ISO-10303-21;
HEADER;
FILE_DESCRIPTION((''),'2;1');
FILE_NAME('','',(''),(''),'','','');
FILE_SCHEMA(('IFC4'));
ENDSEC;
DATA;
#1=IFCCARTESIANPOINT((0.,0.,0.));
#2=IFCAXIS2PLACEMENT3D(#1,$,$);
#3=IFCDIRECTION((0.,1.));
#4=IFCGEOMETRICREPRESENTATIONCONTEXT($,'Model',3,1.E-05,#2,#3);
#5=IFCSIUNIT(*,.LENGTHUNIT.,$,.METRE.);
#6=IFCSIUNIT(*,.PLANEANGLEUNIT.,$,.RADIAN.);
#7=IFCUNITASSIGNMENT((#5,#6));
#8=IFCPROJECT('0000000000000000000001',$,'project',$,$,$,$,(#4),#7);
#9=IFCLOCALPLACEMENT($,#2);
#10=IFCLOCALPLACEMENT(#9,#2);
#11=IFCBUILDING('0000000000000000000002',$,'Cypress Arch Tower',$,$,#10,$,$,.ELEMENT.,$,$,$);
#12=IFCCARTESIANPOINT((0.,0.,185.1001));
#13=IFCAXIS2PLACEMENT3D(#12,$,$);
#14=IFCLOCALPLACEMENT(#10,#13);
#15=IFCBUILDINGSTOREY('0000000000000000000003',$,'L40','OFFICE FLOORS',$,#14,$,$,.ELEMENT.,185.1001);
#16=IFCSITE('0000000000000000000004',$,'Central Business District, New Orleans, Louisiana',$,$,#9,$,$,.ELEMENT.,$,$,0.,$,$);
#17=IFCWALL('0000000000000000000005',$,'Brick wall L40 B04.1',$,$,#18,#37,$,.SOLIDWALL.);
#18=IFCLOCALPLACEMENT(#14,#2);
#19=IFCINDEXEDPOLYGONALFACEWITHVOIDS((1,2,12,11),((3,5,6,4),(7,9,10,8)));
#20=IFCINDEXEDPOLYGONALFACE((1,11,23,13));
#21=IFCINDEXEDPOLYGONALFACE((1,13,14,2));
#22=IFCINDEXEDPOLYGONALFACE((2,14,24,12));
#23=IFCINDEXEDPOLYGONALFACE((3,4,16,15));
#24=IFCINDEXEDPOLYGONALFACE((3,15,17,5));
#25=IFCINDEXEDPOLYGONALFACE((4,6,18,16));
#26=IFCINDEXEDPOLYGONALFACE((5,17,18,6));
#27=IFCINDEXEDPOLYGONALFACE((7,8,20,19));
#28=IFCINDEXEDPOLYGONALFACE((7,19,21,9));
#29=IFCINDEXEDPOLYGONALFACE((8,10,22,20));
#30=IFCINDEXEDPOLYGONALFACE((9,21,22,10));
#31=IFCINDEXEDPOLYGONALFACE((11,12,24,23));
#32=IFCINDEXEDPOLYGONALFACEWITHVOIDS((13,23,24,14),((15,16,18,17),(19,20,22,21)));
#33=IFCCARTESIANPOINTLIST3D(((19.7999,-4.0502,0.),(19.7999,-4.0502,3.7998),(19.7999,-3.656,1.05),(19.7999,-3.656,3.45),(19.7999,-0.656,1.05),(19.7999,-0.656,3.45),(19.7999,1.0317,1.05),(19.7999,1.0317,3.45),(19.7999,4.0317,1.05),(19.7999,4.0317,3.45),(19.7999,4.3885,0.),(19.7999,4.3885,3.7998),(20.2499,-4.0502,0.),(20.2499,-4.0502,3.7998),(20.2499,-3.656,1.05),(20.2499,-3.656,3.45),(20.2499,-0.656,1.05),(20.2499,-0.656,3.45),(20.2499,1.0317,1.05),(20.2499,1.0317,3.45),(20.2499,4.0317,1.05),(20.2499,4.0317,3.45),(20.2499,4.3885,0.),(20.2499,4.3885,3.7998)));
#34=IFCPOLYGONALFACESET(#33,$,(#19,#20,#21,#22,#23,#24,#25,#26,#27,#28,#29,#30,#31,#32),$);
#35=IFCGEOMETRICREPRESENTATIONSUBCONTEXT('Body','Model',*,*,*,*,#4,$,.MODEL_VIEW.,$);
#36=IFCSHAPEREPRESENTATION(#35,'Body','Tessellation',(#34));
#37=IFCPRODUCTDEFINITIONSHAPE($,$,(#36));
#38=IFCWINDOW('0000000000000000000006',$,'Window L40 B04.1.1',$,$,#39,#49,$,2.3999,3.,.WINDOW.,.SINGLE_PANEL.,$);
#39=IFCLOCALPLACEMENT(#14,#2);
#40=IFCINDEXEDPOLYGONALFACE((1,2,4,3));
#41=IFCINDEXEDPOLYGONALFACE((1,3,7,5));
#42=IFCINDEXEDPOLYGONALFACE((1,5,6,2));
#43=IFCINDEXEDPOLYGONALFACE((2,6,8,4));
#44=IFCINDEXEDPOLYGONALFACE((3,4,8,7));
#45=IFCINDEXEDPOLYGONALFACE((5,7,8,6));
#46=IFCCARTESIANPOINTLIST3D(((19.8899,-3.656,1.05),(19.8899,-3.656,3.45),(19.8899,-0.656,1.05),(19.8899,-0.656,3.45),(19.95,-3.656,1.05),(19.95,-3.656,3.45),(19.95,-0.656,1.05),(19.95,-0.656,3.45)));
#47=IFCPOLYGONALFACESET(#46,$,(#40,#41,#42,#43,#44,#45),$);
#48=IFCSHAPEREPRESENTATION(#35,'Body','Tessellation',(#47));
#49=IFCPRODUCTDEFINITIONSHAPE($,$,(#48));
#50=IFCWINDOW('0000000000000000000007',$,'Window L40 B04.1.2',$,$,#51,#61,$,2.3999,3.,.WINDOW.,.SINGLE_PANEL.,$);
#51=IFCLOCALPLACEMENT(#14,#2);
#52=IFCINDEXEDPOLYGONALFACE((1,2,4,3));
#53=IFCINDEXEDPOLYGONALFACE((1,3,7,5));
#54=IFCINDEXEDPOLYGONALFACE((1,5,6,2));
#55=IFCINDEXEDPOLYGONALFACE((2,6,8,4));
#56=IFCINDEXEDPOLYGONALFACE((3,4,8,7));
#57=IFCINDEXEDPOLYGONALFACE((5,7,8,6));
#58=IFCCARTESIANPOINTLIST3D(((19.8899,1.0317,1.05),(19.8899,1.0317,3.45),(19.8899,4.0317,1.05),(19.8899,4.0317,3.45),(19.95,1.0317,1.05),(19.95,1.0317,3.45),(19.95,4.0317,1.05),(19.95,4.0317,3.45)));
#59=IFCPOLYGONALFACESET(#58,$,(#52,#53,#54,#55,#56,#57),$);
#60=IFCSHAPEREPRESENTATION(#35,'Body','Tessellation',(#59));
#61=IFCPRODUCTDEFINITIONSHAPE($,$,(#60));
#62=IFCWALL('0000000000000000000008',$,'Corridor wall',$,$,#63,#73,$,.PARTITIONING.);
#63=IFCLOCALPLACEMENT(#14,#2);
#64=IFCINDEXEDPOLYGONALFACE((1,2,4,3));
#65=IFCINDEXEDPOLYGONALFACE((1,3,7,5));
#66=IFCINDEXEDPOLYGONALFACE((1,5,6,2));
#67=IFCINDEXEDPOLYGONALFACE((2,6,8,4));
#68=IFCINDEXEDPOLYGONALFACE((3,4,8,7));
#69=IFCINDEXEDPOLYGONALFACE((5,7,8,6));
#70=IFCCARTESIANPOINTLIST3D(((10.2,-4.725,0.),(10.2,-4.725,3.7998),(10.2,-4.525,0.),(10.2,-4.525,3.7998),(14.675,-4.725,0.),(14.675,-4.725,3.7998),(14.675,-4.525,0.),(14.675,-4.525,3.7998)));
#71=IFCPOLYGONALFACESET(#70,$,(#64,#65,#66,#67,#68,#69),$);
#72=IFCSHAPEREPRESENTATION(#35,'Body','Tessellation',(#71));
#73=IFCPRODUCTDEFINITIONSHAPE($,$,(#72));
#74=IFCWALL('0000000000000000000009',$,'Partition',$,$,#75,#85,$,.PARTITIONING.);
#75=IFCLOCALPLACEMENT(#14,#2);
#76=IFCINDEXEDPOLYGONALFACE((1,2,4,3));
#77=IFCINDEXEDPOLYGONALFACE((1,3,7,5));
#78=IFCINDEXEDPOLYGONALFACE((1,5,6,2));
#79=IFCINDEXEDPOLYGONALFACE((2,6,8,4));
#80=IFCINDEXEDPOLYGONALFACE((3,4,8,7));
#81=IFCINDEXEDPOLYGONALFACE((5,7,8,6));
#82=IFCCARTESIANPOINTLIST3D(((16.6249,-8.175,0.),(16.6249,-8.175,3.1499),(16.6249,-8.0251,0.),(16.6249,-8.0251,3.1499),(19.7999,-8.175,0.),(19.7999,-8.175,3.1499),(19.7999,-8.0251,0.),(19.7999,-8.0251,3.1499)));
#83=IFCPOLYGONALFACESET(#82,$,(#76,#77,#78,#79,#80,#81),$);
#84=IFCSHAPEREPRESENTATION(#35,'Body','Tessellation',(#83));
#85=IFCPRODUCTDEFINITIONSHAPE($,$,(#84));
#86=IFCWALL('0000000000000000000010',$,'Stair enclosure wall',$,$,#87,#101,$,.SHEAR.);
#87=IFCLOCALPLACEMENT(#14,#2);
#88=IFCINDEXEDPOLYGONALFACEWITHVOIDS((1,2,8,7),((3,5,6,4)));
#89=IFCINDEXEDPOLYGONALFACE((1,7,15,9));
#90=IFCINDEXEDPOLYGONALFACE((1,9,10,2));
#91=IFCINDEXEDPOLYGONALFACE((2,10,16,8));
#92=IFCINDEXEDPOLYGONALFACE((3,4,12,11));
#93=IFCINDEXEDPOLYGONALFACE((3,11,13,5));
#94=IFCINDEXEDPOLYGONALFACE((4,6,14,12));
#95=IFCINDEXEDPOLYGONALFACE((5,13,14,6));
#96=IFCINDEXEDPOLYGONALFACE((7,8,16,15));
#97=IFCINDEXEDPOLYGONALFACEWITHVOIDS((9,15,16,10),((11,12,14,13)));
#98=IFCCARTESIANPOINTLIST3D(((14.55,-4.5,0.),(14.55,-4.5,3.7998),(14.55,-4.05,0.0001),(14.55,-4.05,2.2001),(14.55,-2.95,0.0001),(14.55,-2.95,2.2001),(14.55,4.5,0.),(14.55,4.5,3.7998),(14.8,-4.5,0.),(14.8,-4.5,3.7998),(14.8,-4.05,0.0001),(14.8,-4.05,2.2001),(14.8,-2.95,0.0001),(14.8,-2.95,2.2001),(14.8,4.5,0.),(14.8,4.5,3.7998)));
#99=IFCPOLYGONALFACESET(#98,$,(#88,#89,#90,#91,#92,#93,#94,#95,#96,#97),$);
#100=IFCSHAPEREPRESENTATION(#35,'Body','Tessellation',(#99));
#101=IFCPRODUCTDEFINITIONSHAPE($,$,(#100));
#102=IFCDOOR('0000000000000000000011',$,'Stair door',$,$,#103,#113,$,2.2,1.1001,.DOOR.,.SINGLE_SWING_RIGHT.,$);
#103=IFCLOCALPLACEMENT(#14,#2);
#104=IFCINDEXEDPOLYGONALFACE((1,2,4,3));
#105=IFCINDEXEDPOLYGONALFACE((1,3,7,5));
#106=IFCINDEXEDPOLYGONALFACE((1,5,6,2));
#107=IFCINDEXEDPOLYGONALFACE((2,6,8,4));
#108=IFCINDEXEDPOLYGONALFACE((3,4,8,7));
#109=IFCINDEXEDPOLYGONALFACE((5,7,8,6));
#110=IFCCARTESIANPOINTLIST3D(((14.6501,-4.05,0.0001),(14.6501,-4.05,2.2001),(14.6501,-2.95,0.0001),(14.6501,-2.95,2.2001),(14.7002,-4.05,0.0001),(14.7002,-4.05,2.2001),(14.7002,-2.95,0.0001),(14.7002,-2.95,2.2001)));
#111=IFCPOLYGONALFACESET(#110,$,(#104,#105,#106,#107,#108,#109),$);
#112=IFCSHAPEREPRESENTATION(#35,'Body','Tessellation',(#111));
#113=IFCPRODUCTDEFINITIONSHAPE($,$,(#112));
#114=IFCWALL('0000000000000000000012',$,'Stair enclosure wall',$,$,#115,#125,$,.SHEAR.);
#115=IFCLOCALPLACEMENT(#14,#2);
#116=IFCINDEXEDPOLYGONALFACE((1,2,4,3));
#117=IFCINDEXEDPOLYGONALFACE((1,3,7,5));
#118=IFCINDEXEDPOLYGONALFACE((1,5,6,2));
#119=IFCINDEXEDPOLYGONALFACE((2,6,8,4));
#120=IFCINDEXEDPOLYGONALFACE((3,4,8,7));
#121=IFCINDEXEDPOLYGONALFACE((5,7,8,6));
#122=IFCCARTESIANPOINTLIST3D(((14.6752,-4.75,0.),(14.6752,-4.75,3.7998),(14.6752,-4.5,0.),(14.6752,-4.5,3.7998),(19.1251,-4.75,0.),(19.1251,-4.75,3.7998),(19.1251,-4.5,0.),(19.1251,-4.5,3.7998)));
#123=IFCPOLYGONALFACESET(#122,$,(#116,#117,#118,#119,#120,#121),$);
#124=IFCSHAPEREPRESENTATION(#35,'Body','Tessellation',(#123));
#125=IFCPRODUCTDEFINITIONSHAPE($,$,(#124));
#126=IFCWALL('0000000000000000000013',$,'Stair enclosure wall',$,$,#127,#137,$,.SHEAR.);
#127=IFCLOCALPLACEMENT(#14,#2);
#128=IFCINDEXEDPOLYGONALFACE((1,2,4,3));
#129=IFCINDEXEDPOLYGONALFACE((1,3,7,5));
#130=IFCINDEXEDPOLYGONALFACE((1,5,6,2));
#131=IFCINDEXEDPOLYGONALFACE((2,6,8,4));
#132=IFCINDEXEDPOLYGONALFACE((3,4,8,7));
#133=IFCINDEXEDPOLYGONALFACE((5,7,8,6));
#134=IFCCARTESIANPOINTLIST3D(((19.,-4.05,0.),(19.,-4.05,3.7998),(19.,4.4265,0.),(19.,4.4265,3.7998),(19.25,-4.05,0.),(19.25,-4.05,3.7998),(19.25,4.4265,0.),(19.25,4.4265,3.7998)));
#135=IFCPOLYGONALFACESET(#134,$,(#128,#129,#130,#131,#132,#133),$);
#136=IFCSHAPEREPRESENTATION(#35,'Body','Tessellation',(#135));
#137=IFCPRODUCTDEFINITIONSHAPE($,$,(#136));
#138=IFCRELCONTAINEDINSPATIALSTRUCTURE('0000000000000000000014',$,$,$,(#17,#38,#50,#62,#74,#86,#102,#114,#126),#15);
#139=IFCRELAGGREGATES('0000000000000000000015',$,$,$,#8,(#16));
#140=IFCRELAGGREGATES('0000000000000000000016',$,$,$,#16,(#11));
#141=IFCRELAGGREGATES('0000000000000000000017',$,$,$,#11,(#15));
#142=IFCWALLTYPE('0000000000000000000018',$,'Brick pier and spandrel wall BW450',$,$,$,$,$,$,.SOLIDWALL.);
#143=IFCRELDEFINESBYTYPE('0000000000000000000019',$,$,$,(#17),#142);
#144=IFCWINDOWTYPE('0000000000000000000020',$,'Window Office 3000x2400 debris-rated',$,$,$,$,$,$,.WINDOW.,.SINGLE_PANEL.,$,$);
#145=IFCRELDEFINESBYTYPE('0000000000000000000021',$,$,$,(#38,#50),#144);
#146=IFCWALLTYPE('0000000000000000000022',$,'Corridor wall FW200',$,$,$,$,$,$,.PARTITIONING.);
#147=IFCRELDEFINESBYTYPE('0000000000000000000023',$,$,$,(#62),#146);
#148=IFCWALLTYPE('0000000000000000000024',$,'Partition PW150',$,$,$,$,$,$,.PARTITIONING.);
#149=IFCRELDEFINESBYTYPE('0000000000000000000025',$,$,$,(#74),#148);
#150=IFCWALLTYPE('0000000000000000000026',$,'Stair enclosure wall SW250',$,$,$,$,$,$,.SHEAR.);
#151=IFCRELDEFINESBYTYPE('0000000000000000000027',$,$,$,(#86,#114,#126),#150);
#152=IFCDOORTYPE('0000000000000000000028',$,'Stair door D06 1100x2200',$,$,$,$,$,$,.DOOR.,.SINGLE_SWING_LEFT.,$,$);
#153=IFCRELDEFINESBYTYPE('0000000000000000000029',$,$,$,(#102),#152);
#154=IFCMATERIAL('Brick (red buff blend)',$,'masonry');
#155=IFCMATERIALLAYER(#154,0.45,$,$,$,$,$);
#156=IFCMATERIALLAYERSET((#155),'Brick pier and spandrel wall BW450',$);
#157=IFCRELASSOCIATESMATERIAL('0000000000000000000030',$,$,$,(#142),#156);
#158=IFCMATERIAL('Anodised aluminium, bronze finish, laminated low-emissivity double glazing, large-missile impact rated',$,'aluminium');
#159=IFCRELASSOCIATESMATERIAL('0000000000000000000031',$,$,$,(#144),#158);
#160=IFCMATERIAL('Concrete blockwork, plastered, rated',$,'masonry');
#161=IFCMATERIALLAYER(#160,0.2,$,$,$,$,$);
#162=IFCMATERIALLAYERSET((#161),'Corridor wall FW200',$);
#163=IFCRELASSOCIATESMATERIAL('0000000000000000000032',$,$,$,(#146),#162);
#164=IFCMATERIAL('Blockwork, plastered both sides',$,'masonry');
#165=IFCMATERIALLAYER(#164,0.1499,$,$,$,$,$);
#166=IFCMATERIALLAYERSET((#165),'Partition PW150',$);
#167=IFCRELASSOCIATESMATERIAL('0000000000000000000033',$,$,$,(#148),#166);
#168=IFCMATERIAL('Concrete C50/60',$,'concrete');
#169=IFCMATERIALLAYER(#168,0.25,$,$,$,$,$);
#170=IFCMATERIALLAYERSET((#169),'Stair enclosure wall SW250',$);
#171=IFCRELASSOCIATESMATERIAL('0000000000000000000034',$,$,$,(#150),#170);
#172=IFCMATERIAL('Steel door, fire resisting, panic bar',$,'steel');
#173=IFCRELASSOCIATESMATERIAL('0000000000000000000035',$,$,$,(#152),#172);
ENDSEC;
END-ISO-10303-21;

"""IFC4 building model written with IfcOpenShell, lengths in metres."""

from ifc_helpers import new_model, si_unit, direction, frame, frame_2d, origin, place, context, subcontext, project, spatial, rectangle, extrude, material, layer, layer_set, type_object, element, fill, save


model = new_model("IFC4")

# Units and contexts
model_context = context("Model", 3, precision=1e-05, world=origin(), true_north=direction((0.0, 1.0)))
body_context = subcontext(model_context, "Body", "Model", "MODEL_VIEW")
ifc_project = project(units=[si_unit("LENGTHUNIT", "METRE"), si_unit("PLANEANGLEUNIT", "RADIAN")], contexts=[model_context])

# Site, building, storey
site_placement = place(None, origin())
site = spatial("IfcSite", under=ifc_project, at=site_placement, Name="Central Business District, New Orleans, Louisiana", CompositionType="ELEMENT", RefElevation=0.0)
building_placement = place(site_placement, origin())
building = spatial("IfcBuilding", under=site, at=building_placement, Name="Cypress Arch Tower", CompositionType="ELEMENT")
storey_placement = place(building_placement, frame((0.0, 0.0, 185.1001)))
storey = spatial("IfcBuildingStorey", under=building, at=storey_placement, Name="L40", Description="OFFICE FLOORS", CompositionType="ELEMENT", Elevation=185.1001)

# Wall, openings, windows
ifc_material_1 = material(Name="Brick (red buff blend)", Category="masonry")
ifc_layer_1 = layer(ifc_material_1, 0.45)
ifc_layer_set_1 = layer_set([ifc_layer_1], Name="Brick pier and spandrel wall BW450")
wall_type_1 = type_object("IfcWallType", Name="Brick pier and spandrel wall BW450", PredefinedType="SOLIDWALL", material=ifc_layer_set_1)
wall_1_placement = place(storey_placement, frame((20.0249, -4.05, 0.0), z_axis=(0.0, 0.0, 1.0), x_axis=(0.0, 1.0, 0.0)))
wall_1 = element("IfcWall", 1, at=wall_1_placement, inside=storey, type_object=wall_type_1, Name="Brick wall L40 B04.1", PredefinedType="SOLIDWALL", context=body_context, shape_type="SweptSolid", body=[
    extrude(rectangle(XDim=8.4387, YDim=0.45, at=frame_2d((4.2192, 0.0))), origin(), (0.0, 0.0, 1.0), 3.7998),
])
opening_1_placement = place(wall_1_placement, frame((0.394, 0.0, 1.05)))
opening_1 = element("IfcOpeningElement", 2, at=opening_1_placement, cuts=wall_1, PredefinedType="OPENING", context=body_context, shape_type="SweptSolid", body=[
    extrude(rectangle(XDim=3.0, YDim=2.3999, at=frame_2d((1.5, 1.2))), frame((0.0, 0.2349, 0.0), z_axis=(0.0, -1.0, 0.0), x_axis=(1.0, 0.0, 0.0)), (0.0, 0.0, 1.0), 0.47),
])
opening_2_placement = place(wall_1_placement, frame((5.0818, 0.0, 1.05)))
opening_2 = element("IfcOpeningElement", 3, at=opening_2_placement, cuts=wall_1, PredefinedType="OPENING", context=body_context, shape_type="SweptSolid", body=[
    extrude(rectangle(XDim=3.0, YDim=2.3999, at=frame_2d((1.5, 1.2))), frame((0.0, 0.2349, 0.0), z_axis=(0.0, -1.0, 0.0), x_axis=(1.0, 0.0, 0.0)), (0.0, 0.0, 1.0), 0.47),
])
ifc_material_2 = material(Name="Anodised aluminium, bronze finish, laminated low-emissivity double glazing, large-missile impact rated", Category="aluminium")
window_type = type_object("IfcWindowType", Name="Window Office 3000x2400 debris-rated", PartitioningType="SINGLE_PANEL", PredefinedType="WINDOW", material=ifc_material_2)
window_1_placement = place(opening_1_placement, origin())
window_1 = element("IfcWindow", 4, at=window_1_placement, inside=storey, type_object=window_type, Name="Window L40 B04.1.1", OverallHeight=2.3999, OverallWidth=3.0, PartitioningType="SINGLE_PANEL", PredefinedType="WINDOW", context=body_context, shape_type="SweptSolid", body=[
    extrude(rectangle(XDim=3.0, YDim=2.3999, at=frame_2d((1.5, 1.2))), frame((0.0, 0.135, 0.0), z_axis=(0.0, -1.0, 0.0), x_axis=(1.0, 0.0, 0.0)), (0.0, 0.0, 1.0), 0.0601),
])
fill(opening_1, window_1)
window_2_placement = place(opening_2_placement, origin())
window_2 = element("IfcWindow", 5, at=window_2_placement, inside=storey, type_object=window_type, Name="Window L40 B04.1.2", OverallHeight=2.3999, OverallWidth=3.0, PartitioningType="SINGLE_PANEL", PredefinedType="WINDOW", context=body_context, shape_type="SweptSolid", body=[
    extrude(rectangle(XDim=3.0, YDim=2.3999, at=frame_2d((1.5, 1.2))), frame((0.0, 0.135, 0.0), z_axis=(0.0, -1.0, 0.0), x_axis=(1.0, 0.0, 0.0)), (0.0, 0.0, 1.0), 0.0601),
])
fill(opening_2, window_2)

# Walls
ifc_material_3 = material(Name="Concrete blockwork, plastered, rated", Category="masonry")
ifc_layer_2 = layer(ifc_material_3, 0.2)
ifc_layer_set_2 = layer_set([ifc_layer_2], Name="Corridor wall FW200")
wall_type_2 = type_object("IfcWallType", Name="Corridor wall FW200", PredefinedType="PARTITIONING", material=ifc_layer_set_2)
wall_2_placement = place(storey_placement, frame((10.2, -4.625, 0.0), z_axis=(0.0, 0.0, 1.0), x_axis=(1.0, 0.0, 0.0)))
element("IfcWall", 6, at=wall_2_placement, inside=storey, type_object=wall_type_2, Name="Corridor wall", PredefinedType="PARTITIONING", context=body_context, shape_type="SweptSolid", body=[
    extrude(rectangle(XDim=4.4751, YDim=0.2, at=frame_2d((2.2375, 0.0))), origin(), (0.0, 0.0, 1.0), 3.7998),
])
ifc_material_4 = material(Name="Blockwork, plastered both sides", Category="masonry")
ifc_layer_3 = layer(ifc_material_4, 0.1499)
ifc_layer_set_3 = layer_set([ifc_layer_3], Name="Partition PW150")
wall_type_3 = type_object("IfcWallType", Name="Partition PW150", PredefinedType="PARTITIONING", material=ifc_layer_set_3)
wall_3_placement = place(storey_placement, frame((16.625, -8.1001, 0.0), z_axis=(0.0, 0.0, 1.0), x_axis=(1.0, 0.0, 0.0)))
element("IfcWall", 7, at=wall_3_placement, inside=storey, type_object=wall_type_3, Name="Partition", PredefinedType="PARTITIONING", context=body_context, shape_type="SweptSolid", body=[
    extrude(rectangle(XDim=3.175, YDim=0.1499, at=frame_2d((1.5874, 0.0))), origin(), (0.0, 0.0, 1.0), 3.1499),
])

# Wall, opening, door
ifc_material_5 = material(Name="Concrete C50/60", Category="concrete")
ifc_layer_4 = layer(ifc_material_5, 0.25)
ifc_layer_set_4 = layer_set([ifc_layer_4], Name="Stair enclosure wall SW250")
wall_type_4 = type_object("IfcWallType", Name="Stair enclosure wall SW250", PredefinedType="SHEAR", material=ifc_layer_set_4)
wall_4_placement = place(storey_placement, frame((14.675, -4.5, 0.0), z_axis=(0.0, 0.0, 1.0), x_axis=(0.0, 1.0, 0.0)))
wall_4 = element("IfcWall", 8, at=wall_4_placement, inside=storey, type_object=wall_type_4, Name="Stair enclosure wall", PredefinedType="SHEAR", context=body_context, shape_type="SweptSolid", body=[
    extrude(rectangle(XDim=9.0, YDim=0.25, at=frame_2d((4.5, 0.0))), origin(), (0.0, 0.0, 1.0), 3.7998),
])
opening_3_placement = place(wall_4_placement, frame((0.45, 0.0, 0.0)))
opening_3 = element("IfcOpeningElement", 9, at=opening_3_placement, cuts=wall_4, PredefinedType="OPENING", context=body_context, shape_type="SweptSolid", body=[
    extrude(rectangle(XDim=1.1001, YDim=2.2, at=frame_2d((0.55, 1.1001))), frame((0.0, 0.135, 0.0), z_axis=(0.0, -1.0, 0.0), x_axis=(1.0, 0.0, 0.0)), (0.0, 0.0, 1.0), 0.27),
])
ifc_material_6 = material(Name="Steel door, fire resisting, panic bar", Category="steel")
door_type = type_object("IfcDoorType", Name="Stair door D06 1100x2200", OperationType="SINGLE_SWING_LEFT", PredefinedType="DOOR", material=ifc_material_6)
door_placement = place(opening_3_placement, origin())
door = element("IfcDoor", 10, at=door_placement, inside=storey, type_object=door_type, Name="Stair door", OperationType="SINGLE_SWING_RIGHT", OverallHeight=2.2, OverallWidth=1.1001, PredefinedType="DOOR", context=body_context, shape_type="SweptSolid", body=[
    extrude(rectangle(XDim=1.1001, YDim=2.2, at=frame_2d((0.55, 1.1001))), frame((0.0, 0.0249, 0.0), z_axis=(0.0, -1.0, 0.0), x_axis=(1.0, 0.0, 0.0)), (0.0, 0.0, 1.0), 0.05),
])
fill(opening_3, door)

# Walls
wall_5_placement = place(storey_placement, frame((14.675, -4.625, 0.0), z_axis=(0.0, 0.0, 1.0), x_axis=(1.0, 0.0, 0.0)))
element("IfcWall", 11, at=wall_5_placement, inside=storey, type_object=wall_type_4, Name="Stair enclosure wall", PredefinedType="SHEAR", context=body_context, shape_type="SweptSolid", body=[
    extrude(rectangle(XDim=4.45, YDim=0.25, at=frame_2d((2.2251, 0.0))), origin(), (0.0, 0.0, 1.0), 3.7998),
])
wall_6_placement = place(storey_placement, frame((19.125, -4.05, 0.0), z_axis=(0.0, 0.0, 1.0), x_axis=(0.0, 1.0, 0.0)))
element("IfcWall", 12, at=wall_6_placement, inside=storey, type_object=wall_type_4, Name="Stair enclosure wall", PredefinedType="SHEAR", context=body_context, shape_type="SweptSolid", body=[
    extrude(rectangle(XDim=8.4766, YDim=0.25, at=frame_2d((4.2383, 0.0))), origin(), (0.0, 0.0, 1.0), 3.7998),
])

save(model, "model.ifc")
